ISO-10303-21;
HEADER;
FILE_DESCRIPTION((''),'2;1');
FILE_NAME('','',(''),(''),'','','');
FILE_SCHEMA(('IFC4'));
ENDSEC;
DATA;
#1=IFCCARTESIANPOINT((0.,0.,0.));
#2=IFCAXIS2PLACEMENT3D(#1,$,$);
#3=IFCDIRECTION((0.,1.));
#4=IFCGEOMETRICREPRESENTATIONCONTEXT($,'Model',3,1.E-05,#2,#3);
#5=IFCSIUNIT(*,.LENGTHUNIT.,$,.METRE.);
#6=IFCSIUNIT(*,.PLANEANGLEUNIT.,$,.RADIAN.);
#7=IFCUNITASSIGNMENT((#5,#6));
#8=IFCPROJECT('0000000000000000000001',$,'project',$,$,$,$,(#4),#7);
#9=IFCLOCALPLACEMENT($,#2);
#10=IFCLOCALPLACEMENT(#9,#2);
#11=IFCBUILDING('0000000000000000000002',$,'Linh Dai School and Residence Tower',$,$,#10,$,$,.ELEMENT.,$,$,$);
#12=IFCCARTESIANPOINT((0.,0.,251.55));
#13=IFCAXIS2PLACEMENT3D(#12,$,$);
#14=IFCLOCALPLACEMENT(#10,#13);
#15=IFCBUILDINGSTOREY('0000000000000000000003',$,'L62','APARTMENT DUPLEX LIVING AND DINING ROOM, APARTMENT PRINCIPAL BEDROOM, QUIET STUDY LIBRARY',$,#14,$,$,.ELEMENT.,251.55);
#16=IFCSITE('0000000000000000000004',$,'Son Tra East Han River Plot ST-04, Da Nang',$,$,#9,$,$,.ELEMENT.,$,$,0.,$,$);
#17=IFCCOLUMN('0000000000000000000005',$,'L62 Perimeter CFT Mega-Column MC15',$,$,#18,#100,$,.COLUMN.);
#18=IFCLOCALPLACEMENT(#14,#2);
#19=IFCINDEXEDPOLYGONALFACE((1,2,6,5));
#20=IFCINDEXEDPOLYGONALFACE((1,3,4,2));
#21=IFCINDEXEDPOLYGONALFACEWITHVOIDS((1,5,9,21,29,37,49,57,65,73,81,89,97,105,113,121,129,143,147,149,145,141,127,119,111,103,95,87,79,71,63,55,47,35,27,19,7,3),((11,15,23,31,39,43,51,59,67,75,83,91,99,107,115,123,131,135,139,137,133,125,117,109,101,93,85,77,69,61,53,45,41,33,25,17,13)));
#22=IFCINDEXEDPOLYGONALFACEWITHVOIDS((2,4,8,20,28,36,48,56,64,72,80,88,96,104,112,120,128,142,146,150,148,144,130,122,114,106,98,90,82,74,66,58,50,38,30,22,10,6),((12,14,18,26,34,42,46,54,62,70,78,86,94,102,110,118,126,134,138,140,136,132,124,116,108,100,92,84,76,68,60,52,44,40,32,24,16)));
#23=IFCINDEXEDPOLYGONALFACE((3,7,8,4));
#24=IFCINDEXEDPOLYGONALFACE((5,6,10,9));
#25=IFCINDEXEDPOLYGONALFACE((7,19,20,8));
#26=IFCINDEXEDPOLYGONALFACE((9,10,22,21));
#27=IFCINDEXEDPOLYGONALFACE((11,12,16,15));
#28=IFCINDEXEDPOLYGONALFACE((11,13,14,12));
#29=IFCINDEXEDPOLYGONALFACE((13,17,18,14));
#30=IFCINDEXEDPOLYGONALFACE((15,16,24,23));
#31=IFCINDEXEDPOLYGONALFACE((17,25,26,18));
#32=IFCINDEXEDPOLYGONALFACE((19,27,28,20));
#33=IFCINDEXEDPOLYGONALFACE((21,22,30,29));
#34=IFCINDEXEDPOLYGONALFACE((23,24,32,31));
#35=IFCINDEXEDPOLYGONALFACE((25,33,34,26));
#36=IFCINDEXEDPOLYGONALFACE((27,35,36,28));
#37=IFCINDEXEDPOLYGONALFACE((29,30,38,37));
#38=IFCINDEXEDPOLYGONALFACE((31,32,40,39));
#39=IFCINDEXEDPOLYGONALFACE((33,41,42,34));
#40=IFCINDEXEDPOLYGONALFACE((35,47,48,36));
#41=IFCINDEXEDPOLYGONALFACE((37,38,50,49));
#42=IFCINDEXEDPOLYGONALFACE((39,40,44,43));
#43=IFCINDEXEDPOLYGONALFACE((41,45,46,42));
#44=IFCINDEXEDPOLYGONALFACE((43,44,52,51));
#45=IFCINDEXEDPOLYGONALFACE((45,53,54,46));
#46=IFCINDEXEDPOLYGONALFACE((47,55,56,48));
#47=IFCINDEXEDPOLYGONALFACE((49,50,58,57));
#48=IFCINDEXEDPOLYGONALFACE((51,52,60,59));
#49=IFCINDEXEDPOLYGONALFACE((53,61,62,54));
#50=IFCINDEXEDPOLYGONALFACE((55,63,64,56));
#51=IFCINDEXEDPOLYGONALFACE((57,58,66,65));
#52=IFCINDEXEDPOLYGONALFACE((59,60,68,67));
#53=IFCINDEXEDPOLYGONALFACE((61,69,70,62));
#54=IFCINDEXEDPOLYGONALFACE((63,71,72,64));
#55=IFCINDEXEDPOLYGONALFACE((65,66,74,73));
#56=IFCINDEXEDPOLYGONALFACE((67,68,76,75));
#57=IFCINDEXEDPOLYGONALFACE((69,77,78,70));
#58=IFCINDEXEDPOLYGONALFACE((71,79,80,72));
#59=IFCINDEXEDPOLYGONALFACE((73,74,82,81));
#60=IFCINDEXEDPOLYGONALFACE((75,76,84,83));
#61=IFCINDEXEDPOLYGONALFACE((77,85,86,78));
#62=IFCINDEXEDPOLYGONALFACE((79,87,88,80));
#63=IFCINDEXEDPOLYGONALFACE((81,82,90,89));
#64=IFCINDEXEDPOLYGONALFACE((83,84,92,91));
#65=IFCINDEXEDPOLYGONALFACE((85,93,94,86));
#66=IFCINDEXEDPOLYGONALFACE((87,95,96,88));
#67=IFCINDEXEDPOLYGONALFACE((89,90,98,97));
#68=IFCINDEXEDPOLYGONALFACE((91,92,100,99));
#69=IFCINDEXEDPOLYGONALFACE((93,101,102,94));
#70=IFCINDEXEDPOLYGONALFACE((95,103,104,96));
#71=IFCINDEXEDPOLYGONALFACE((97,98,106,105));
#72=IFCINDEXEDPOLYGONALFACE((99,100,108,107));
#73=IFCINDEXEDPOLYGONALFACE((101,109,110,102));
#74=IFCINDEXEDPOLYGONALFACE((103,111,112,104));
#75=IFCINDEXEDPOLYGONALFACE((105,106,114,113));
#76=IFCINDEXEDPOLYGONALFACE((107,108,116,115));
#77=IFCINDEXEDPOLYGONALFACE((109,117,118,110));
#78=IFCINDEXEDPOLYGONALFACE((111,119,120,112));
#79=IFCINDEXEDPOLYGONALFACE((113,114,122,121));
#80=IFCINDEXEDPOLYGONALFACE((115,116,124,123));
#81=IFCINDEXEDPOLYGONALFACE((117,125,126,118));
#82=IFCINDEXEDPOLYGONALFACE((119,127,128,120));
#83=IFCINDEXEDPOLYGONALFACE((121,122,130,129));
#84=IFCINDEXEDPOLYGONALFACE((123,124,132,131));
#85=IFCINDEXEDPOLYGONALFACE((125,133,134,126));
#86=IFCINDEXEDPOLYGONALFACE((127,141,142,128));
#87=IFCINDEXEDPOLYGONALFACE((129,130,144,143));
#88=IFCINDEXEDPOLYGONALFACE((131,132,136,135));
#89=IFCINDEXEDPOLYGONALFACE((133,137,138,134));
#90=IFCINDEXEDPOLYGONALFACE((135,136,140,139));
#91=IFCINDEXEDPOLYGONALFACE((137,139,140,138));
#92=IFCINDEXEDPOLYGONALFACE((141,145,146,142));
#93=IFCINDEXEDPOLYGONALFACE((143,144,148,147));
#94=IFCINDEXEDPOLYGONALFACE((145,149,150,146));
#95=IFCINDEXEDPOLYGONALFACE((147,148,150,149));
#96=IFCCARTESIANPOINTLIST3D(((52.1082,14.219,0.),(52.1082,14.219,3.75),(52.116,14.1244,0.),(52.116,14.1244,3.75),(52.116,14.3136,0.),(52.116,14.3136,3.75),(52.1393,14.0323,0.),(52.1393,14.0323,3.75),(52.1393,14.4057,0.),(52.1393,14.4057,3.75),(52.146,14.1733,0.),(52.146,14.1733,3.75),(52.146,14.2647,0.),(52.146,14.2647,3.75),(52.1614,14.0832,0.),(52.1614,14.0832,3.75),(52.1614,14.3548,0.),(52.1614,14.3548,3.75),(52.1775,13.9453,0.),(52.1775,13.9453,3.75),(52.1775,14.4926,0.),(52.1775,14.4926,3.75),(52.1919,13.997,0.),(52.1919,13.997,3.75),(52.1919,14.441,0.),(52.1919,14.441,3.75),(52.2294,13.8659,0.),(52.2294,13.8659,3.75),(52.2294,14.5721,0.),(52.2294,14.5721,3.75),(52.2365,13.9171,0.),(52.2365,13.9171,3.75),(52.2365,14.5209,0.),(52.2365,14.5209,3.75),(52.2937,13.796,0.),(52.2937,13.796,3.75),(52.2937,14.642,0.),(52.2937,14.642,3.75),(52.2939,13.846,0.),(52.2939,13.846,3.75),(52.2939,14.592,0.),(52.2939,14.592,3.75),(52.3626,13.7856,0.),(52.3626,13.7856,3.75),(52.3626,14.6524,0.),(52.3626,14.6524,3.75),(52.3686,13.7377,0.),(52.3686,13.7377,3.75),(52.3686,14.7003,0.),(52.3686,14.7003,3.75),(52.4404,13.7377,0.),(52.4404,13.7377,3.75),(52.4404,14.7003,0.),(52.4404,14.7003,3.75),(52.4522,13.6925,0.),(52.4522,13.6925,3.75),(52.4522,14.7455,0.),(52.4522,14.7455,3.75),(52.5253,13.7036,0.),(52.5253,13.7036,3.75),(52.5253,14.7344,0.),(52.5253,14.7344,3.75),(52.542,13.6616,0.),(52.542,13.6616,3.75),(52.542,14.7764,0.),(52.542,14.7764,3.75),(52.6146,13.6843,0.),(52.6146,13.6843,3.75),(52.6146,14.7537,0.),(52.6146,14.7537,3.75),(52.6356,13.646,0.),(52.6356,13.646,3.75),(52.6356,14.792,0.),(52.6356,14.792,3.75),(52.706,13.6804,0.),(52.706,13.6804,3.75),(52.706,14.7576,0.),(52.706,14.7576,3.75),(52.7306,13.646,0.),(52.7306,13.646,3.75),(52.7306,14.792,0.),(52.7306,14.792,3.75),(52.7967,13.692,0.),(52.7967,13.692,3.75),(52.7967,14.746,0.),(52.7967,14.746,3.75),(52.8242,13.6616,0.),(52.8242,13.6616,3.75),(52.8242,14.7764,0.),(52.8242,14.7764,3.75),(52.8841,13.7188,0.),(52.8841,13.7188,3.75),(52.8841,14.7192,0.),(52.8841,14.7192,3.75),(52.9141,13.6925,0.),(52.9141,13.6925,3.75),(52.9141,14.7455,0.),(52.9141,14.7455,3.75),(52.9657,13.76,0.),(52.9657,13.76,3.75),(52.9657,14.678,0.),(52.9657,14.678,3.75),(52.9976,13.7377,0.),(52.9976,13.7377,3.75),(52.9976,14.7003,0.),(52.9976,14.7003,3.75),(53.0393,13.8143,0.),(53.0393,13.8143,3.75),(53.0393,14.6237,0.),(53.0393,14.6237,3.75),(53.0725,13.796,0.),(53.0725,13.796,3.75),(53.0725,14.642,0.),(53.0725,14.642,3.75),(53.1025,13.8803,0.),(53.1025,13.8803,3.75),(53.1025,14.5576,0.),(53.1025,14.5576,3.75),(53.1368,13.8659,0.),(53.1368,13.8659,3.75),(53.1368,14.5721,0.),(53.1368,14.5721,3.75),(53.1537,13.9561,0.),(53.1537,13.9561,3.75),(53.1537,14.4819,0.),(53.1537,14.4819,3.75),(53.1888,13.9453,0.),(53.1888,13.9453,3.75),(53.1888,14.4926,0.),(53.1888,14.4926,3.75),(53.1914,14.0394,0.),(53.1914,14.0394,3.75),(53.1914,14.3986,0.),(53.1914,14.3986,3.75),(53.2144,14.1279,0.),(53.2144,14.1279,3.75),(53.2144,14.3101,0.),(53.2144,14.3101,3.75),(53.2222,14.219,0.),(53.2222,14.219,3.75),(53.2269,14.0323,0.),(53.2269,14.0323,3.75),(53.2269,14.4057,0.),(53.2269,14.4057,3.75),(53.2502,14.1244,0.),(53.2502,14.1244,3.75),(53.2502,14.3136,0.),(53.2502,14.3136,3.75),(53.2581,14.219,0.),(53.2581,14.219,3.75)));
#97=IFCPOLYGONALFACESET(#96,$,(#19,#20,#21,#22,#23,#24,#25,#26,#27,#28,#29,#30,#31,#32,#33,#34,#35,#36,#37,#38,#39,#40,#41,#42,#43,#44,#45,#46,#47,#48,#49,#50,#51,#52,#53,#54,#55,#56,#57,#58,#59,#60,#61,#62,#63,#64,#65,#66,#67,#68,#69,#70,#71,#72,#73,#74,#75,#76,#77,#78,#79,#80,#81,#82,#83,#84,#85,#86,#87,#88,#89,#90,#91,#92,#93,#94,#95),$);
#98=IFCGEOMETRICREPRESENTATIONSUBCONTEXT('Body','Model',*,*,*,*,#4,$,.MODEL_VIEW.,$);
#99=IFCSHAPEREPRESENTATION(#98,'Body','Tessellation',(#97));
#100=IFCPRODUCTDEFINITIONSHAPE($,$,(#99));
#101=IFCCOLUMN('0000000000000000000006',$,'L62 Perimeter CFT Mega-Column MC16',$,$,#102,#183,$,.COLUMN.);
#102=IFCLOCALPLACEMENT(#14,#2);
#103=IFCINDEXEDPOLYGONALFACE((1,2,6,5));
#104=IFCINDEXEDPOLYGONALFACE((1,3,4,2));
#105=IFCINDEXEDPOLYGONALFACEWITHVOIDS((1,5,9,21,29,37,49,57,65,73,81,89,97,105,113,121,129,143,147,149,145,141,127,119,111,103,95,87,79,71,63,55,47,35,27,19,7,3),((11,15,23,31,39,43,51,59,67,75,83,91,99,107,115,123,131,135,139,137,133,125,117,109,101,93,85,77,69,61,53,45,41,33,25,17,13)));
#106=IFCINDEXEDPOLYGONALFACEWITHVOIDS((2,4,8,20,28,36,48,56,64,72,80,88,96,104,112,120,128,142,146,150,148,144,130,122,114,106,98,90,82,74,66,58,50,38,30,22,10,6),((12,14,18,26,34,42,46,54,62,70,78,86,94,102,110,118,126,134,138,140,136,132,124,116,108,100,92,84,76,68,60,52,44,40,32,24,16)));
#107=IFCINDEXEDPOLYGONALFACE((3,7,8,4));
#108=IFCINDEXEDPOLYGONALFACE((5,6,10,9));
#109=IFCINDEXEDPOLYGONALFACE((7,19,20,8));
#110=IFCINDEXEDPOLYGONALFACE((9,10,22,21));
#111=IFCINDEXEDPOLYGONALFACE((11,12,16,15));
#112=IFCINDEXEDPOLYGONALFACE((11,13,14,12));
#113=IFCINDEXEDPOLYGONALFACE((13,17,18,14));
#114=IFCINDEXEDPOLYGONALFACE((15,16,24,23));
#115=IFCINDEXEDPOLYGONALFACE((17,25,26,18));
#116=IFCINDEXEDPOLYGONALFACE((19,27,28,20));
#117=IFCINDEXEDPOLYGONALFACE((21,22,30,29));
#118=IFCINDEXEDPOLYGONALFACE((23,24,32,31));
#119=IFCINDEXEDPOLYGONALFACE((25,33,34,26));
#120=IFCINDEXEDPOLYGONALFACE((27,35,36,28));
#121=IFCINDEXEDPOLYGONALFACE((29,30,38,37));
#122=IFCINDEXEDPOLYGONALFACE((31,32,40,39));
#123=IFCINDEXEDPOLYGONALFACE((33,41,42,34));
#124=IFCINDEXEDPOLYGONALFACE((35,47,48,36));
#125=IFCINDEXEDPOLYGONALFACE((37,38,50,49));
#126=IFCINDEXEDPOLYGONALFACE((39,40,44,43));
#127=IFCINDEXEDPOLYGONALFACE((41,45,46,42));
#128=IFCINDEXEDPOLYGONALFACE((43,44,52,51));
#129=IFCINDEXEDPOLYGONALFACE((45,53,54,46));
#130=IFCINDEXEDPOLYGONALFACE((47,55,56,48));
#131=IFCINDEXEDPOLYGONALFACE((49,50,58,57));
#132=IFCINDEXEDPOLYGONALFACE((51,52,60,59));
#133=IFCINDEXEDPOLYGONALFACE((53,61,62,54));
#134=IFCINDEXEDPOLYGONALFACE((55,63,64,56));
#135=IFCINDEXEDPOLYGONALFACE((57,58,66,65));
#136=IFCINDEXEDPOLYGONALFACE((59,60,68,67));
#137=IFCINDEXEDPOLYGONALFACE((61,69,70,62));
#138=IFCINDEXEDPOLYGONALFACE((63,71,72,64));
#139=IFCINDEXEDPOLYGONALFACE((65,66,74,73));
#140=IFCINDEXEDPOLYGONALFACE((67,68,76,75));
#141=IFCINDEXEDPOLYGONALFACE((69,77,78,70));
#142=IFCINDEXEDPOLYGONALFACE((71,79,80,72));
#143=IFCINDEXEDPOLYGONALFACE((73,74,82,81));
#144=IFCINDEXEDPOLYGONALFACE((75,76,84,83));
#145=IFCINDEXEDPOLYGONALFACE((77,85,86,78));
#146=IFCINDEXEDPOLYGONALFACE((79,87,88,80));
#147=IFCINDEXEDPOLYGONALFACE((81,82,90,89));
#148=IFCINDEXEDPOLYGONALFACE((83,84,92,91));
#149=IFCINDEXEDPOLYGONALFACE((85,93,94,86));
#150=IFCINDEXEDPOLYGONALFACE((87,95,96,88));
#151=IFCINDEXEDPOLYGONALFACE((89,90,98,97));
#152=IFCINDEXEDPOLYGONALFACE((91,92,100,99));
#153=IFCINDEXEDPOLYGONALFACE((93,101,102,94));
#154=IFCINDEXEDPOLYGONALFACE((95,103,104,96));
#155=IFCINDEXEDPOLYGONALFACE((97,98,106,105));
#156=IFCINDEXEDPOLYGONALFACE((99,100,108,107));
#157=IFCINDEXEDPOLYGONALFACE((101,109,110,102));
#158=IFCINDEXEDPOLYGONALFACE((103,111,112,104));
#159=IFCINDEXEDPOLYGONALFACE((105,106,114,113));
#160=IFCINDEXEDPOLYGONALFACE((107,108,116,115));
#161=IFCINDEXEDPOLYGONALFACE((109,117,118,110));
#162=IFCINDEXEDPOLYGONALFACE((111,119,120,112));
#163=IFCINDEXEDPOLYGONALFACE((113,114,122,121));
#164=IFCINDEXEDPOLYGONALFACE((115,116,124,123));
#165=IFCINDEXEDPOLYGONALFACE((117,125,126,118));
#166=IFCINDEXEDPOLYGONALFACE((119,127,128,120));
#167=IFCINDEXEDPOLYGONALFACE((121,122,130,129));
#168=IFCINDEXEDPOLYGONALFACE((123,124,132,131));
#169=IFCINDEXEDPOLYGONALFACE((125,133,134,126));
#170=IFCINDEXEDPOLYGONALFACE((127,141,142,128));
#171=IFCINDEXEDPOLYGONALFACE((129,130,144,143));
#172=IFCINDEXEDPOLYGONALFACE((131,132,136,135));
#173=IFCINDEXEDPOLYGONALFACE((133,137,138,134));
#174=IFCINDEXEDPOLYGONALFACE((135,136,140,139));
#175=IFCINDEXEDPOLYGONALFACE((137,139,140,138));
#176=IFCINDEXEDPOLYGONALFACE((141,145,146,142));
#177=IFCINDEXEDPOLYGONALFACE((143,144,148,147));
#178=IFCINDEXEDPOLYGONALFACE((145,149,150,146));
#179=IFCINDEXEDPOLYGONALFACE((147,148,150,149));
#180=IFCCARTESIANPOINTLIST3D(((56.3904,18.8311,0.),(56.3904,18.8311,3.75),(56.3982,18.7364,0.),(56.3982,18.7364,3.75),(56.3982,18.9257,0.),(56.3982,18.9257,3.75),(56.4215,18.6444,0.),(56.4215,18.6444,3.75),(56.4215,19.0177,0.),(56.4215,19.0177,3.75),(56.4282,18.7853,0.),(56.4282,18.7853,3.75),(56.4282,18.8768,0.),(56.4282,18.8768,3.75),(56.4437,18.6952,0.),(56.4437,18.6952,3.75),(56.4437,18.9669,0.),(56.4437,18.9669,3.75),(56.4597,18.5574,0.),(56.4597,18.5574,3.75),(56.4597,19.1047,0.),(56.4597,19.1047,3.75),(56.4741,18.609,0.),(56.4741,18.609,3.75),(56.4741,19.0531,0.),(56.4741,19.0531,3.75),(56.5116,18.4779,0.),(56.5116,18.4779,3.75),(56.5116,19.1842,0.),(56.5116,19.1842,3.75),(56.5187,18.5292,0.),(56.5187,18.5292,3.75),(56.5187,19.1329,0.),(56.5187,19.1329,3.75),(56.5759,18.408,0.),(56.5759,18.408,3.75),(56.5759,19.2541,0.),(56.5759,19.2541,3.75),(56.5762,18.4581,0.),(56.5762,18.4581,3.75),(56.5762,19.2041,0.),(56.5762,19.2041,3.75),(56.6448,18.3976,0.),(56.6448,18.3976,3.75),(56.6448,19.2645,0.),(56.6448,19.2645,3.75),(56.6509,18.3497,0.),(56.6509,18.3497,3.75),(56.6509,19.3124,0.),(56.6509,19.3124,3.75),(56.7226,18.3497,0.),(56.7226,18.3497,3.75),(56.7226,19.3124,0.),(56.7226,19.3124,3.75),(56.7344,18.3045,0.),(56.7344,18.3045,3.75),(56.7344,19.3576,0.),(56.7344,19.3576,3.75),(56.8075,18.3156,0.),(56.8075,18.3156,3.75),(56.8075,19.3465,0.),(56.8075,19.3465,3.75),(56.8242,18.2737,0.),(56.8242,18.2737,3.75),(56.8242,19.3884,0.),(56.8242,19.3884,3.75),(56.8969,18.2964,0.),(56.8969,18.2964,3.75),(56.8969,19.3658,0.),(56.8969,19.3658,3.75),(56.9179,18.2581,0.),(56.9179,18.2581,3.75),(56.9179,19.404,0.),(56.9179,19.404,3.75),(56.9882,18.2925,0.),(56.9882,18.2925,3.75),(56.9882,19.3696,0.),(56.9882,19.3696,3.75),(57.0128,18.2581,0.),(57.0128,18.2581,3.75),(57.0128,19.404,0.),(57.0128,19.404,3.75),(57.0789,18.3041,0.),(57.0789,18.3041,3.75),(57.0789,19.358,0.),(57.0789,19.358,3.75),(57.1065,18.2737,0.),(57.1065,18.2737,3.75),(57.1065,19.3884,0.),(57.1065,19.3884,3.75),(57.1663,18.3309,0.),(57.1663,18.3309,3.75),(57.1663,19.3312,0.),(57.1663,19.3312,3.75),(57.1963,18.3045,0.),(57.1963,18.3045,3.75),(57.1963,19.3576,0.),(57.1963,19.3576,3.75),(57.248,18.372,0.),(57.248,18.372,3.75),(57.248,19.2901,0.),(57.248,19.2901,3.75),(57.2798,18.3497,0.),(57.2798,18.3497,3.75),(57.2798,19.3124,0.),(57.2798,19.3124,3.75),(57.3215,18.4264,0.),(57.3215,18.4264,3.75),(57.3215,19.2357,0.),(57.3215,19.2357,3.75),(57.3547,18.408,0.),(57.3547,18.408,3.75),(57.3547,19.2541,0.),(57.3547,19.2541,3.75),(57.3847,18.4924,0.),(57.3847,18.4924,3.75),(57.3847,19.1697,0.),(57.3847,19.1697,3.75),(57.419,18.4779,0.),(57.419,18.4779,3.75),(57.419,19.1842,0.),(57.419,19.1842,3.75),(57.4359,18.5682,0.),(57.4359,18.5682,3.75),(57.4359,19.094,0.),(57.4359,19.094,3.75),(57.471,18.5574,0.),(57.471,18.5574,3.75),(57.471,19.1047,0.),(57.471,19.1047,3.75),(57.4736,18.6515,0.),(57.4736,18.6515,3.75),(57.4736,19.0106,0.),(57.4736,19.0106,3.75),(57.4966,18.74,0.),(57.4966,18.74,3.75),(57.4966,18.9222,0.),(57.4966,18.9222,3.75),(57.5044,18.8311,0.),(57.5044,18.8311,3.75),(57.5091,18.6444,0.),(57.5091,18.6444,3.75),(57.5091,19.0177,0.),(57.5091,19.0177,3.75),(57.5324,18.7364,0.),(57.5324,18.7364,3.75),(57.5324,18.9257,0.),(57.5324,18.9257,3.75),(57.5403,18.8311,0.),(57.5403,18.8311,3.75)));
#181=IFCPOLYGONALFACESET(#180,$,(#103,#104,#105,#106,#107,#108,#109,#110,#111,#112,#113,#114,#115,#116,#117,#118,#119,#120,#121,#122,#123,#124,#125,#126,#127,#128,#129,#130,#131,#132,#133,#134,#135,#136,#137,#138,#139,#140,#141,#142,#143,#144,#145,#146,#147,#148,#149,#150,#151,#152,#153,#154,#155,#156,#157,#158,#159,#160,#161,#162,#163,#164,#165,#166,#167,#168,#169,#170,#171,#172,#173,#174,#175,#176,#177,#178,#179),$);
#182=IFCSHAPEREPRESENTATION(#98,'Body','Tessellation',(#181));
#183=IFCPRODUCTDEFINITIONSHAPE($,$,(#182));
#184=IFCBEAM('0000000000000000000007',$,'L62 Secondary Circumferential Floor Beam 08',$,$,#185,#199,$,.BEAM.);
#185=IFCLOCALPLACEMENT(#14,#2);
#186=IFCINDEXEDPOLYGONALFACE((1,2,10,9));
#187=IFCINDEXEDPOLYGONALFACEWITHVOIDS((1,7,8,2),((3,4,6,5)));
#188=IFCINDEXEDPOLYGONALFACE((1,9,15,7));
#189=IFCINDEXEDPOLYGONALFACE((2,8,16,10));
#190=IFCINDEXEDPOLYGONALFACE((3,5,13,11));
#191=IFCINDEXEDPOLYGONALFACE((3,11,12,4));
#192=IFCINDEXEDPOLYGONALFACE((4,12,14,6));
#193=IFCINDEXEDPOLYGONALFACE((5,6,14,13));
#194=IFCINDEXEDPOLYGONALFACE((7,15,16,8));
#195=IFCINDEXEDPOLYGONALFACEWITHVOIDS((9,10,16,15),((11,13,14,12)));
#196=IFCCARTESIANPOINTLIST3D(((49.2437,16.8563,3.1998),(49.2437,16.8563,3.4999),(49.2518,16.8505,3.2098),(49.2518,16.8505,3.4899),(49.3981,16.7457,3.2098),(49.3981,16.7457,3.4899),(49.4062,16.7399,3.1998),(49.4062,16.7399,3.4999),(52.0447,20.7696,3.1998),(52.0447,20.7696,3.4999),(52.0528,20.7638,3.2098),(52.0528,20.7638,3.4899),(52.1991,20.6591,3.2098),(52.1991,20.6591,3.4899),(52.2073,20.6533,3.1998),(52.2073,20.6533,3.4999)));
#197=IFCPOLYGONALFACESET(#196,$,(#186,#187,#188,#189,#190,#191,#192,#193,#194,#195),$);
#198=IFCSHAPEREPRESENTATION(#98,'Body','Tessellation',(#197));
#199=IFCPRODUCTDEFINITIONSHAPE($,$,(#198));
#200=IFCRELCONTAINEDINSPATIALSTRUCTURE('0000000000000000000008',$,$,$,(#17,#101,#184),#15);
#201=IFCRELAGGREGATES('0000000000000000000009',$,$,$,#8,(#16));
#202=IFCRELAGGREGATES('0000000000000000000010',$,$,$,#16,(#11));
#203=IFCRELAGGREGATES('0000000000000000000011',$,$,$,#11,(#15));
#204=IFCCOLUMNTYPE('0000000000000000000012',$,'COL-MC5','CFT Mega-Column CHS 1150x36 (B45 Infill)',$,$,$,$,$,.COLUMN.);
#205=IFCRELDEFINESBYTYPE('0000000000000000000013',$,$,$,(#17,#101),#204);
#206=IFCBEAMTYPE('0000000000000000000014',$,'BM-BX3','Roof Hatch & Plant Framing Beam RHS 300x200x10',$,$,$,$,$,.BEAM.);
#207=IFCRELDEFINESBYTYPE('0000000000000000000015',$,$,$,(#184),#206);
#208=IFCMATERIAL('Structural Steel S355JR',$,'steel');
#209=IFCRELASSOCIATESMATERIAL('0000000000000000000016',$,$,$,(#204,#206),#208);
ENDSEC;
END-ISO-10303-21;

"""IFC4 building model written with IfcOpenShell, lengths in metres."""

from ifc_helpers import new_model, si_unit, direction, frame, origin, origin_2d, place, context, subcontext, project, spatial, hollow_rectangle, hollow_circle, extrude, material, material_profile, profile_set, type_object, element, save


model = new_model("IFC4")

# Units and contexts
model_context = context("Model", 3, precision=1e-05, world=origin(), true_north=direction((0.0, 1.0)))
body_context = subcontext(model_context, "Body", "Model", "MODEL_VIEW")
ifc_project = project(units=[si_unit("LENGTHUNIT", "METRE"), si_unit("PLANEANGLEUNIT", "RADIAN")], contexts=[model_context])

# Site, building, storey
site_placement = place(None, origin())
site = spatial("IfcSite", under=ifc_project, at=site_placement, Name="Son Tra East Han River Plot ST-04, Da Nang", CompositionType="ELEMENT", RefElevation=0.0)
building_placement = place(site_placement, origin())
building = spatial("IfcBuilding", under=site, at=building_placement, Name="Linh Dai School and Residence Tower", CompositionType="ELEMENT")
storey_placement = place(building_placement, frame((0.0, 0.0, 251.55)))
storey = spatial("IfcBuildingStorey", under=building, at=storey_placement, Name="L62", Description="APARTMENT DUPLEX LIVING AND DINING ROOM, APARTMENT PRINCIPAL BEDROOM, QUIET STUDY LIBRARY", CompositionType="ELEMENT", Elevation=251.55)

# Columns
ifc_material_1 = material(Name="Structural Steel S355JR", Category="steel")
ifc_material_profile_1 = material_profile(ifc_material_1, hollow_circle(Radius=0.575, WallThickness=0.0359, at=origin_2d()), Name="CHS 1150x36")
ifc_profile_set_1 = profile_set([ifc_material_profile_1], Name="Structural Steel S355JR")
column_type = type_object("IfcColumnType", Name="COL-MC5", Description="CFT Mega-Column CHS 1150x36 (B45 Infill)", PredefinedType="COLUMN", material=ifc_profile_set_1)
for number, where, z_axis, x_axis, name in (
    (1, (52.6831, 14.219, 0.0), (0.0, 0.0, 1.0), (1.0, 0.0, 0.0), "L62 Perimeter CFT Mega-Column MC15"),
    (2, (56.9653, 18.8311, 0.0), (0.0, 0.0, 1.0), (1.0, 0.0, 0.0), "L62 Perimeter CFT Mega-Column MC16"),
):
    element("IfcColumn", number, at=place(storey_placement, frame(where, z_axis=z_axis, x_axis=x_axis)), inside=storey, type_object=column_type, Name=name, PredefinedType="COLUMN", context=body_context, shape_type="SweptSolid", body=[
        extrude(hollow_circle(Radius=0.575, WallThickness=0.0359, at=origin_2d()), origin(), (0.0, 0.0, 1.0), 3.75),
    ])

# Beam
ifc_material_profile_2 = material_profile(ifc_material_1, hollow_rectangle(XDim=0.2, YDim=0.3, WallThickness=0.01, at=origin_2d()), Name="RHS 300x200x10")
ifc_profile_set_2 = profile_set([ifc_material_profile_2], Name="Structural Steel S355JR")
beam_type_1 = type_object("IfcBeamType", Name="BM-BX3", Description="Roof Hatch & Plant Framing Beam RHS 300x200x10", PredefinedType="BEAM", material=ifc_profile_set_2)
beam_1_placement = place(storey_placement, frame((49.325, 16.7981, 3.3499), z_axis=(0.582035, 0.813164, 0.0), x_axis=(-0.813164, 0.582035, 0.0)))
element("IfcBeam", 3, at=beam_1_placement, inside=storey, type_object=beam_type_1, Name="L62 Secondary Circumferential Floor Beam 08", PredefinedType="BEAM", context=body_context, shape_type="SweptSolid", body=[
    extrude(hollow_rectangle(XDim=0.2, YDim=0.3, WallThickness=0.01, at=origin_2d()), origin(), (0.0, 0.0, 1.0), 4.8125),
])

save(model, "model.ifc")
